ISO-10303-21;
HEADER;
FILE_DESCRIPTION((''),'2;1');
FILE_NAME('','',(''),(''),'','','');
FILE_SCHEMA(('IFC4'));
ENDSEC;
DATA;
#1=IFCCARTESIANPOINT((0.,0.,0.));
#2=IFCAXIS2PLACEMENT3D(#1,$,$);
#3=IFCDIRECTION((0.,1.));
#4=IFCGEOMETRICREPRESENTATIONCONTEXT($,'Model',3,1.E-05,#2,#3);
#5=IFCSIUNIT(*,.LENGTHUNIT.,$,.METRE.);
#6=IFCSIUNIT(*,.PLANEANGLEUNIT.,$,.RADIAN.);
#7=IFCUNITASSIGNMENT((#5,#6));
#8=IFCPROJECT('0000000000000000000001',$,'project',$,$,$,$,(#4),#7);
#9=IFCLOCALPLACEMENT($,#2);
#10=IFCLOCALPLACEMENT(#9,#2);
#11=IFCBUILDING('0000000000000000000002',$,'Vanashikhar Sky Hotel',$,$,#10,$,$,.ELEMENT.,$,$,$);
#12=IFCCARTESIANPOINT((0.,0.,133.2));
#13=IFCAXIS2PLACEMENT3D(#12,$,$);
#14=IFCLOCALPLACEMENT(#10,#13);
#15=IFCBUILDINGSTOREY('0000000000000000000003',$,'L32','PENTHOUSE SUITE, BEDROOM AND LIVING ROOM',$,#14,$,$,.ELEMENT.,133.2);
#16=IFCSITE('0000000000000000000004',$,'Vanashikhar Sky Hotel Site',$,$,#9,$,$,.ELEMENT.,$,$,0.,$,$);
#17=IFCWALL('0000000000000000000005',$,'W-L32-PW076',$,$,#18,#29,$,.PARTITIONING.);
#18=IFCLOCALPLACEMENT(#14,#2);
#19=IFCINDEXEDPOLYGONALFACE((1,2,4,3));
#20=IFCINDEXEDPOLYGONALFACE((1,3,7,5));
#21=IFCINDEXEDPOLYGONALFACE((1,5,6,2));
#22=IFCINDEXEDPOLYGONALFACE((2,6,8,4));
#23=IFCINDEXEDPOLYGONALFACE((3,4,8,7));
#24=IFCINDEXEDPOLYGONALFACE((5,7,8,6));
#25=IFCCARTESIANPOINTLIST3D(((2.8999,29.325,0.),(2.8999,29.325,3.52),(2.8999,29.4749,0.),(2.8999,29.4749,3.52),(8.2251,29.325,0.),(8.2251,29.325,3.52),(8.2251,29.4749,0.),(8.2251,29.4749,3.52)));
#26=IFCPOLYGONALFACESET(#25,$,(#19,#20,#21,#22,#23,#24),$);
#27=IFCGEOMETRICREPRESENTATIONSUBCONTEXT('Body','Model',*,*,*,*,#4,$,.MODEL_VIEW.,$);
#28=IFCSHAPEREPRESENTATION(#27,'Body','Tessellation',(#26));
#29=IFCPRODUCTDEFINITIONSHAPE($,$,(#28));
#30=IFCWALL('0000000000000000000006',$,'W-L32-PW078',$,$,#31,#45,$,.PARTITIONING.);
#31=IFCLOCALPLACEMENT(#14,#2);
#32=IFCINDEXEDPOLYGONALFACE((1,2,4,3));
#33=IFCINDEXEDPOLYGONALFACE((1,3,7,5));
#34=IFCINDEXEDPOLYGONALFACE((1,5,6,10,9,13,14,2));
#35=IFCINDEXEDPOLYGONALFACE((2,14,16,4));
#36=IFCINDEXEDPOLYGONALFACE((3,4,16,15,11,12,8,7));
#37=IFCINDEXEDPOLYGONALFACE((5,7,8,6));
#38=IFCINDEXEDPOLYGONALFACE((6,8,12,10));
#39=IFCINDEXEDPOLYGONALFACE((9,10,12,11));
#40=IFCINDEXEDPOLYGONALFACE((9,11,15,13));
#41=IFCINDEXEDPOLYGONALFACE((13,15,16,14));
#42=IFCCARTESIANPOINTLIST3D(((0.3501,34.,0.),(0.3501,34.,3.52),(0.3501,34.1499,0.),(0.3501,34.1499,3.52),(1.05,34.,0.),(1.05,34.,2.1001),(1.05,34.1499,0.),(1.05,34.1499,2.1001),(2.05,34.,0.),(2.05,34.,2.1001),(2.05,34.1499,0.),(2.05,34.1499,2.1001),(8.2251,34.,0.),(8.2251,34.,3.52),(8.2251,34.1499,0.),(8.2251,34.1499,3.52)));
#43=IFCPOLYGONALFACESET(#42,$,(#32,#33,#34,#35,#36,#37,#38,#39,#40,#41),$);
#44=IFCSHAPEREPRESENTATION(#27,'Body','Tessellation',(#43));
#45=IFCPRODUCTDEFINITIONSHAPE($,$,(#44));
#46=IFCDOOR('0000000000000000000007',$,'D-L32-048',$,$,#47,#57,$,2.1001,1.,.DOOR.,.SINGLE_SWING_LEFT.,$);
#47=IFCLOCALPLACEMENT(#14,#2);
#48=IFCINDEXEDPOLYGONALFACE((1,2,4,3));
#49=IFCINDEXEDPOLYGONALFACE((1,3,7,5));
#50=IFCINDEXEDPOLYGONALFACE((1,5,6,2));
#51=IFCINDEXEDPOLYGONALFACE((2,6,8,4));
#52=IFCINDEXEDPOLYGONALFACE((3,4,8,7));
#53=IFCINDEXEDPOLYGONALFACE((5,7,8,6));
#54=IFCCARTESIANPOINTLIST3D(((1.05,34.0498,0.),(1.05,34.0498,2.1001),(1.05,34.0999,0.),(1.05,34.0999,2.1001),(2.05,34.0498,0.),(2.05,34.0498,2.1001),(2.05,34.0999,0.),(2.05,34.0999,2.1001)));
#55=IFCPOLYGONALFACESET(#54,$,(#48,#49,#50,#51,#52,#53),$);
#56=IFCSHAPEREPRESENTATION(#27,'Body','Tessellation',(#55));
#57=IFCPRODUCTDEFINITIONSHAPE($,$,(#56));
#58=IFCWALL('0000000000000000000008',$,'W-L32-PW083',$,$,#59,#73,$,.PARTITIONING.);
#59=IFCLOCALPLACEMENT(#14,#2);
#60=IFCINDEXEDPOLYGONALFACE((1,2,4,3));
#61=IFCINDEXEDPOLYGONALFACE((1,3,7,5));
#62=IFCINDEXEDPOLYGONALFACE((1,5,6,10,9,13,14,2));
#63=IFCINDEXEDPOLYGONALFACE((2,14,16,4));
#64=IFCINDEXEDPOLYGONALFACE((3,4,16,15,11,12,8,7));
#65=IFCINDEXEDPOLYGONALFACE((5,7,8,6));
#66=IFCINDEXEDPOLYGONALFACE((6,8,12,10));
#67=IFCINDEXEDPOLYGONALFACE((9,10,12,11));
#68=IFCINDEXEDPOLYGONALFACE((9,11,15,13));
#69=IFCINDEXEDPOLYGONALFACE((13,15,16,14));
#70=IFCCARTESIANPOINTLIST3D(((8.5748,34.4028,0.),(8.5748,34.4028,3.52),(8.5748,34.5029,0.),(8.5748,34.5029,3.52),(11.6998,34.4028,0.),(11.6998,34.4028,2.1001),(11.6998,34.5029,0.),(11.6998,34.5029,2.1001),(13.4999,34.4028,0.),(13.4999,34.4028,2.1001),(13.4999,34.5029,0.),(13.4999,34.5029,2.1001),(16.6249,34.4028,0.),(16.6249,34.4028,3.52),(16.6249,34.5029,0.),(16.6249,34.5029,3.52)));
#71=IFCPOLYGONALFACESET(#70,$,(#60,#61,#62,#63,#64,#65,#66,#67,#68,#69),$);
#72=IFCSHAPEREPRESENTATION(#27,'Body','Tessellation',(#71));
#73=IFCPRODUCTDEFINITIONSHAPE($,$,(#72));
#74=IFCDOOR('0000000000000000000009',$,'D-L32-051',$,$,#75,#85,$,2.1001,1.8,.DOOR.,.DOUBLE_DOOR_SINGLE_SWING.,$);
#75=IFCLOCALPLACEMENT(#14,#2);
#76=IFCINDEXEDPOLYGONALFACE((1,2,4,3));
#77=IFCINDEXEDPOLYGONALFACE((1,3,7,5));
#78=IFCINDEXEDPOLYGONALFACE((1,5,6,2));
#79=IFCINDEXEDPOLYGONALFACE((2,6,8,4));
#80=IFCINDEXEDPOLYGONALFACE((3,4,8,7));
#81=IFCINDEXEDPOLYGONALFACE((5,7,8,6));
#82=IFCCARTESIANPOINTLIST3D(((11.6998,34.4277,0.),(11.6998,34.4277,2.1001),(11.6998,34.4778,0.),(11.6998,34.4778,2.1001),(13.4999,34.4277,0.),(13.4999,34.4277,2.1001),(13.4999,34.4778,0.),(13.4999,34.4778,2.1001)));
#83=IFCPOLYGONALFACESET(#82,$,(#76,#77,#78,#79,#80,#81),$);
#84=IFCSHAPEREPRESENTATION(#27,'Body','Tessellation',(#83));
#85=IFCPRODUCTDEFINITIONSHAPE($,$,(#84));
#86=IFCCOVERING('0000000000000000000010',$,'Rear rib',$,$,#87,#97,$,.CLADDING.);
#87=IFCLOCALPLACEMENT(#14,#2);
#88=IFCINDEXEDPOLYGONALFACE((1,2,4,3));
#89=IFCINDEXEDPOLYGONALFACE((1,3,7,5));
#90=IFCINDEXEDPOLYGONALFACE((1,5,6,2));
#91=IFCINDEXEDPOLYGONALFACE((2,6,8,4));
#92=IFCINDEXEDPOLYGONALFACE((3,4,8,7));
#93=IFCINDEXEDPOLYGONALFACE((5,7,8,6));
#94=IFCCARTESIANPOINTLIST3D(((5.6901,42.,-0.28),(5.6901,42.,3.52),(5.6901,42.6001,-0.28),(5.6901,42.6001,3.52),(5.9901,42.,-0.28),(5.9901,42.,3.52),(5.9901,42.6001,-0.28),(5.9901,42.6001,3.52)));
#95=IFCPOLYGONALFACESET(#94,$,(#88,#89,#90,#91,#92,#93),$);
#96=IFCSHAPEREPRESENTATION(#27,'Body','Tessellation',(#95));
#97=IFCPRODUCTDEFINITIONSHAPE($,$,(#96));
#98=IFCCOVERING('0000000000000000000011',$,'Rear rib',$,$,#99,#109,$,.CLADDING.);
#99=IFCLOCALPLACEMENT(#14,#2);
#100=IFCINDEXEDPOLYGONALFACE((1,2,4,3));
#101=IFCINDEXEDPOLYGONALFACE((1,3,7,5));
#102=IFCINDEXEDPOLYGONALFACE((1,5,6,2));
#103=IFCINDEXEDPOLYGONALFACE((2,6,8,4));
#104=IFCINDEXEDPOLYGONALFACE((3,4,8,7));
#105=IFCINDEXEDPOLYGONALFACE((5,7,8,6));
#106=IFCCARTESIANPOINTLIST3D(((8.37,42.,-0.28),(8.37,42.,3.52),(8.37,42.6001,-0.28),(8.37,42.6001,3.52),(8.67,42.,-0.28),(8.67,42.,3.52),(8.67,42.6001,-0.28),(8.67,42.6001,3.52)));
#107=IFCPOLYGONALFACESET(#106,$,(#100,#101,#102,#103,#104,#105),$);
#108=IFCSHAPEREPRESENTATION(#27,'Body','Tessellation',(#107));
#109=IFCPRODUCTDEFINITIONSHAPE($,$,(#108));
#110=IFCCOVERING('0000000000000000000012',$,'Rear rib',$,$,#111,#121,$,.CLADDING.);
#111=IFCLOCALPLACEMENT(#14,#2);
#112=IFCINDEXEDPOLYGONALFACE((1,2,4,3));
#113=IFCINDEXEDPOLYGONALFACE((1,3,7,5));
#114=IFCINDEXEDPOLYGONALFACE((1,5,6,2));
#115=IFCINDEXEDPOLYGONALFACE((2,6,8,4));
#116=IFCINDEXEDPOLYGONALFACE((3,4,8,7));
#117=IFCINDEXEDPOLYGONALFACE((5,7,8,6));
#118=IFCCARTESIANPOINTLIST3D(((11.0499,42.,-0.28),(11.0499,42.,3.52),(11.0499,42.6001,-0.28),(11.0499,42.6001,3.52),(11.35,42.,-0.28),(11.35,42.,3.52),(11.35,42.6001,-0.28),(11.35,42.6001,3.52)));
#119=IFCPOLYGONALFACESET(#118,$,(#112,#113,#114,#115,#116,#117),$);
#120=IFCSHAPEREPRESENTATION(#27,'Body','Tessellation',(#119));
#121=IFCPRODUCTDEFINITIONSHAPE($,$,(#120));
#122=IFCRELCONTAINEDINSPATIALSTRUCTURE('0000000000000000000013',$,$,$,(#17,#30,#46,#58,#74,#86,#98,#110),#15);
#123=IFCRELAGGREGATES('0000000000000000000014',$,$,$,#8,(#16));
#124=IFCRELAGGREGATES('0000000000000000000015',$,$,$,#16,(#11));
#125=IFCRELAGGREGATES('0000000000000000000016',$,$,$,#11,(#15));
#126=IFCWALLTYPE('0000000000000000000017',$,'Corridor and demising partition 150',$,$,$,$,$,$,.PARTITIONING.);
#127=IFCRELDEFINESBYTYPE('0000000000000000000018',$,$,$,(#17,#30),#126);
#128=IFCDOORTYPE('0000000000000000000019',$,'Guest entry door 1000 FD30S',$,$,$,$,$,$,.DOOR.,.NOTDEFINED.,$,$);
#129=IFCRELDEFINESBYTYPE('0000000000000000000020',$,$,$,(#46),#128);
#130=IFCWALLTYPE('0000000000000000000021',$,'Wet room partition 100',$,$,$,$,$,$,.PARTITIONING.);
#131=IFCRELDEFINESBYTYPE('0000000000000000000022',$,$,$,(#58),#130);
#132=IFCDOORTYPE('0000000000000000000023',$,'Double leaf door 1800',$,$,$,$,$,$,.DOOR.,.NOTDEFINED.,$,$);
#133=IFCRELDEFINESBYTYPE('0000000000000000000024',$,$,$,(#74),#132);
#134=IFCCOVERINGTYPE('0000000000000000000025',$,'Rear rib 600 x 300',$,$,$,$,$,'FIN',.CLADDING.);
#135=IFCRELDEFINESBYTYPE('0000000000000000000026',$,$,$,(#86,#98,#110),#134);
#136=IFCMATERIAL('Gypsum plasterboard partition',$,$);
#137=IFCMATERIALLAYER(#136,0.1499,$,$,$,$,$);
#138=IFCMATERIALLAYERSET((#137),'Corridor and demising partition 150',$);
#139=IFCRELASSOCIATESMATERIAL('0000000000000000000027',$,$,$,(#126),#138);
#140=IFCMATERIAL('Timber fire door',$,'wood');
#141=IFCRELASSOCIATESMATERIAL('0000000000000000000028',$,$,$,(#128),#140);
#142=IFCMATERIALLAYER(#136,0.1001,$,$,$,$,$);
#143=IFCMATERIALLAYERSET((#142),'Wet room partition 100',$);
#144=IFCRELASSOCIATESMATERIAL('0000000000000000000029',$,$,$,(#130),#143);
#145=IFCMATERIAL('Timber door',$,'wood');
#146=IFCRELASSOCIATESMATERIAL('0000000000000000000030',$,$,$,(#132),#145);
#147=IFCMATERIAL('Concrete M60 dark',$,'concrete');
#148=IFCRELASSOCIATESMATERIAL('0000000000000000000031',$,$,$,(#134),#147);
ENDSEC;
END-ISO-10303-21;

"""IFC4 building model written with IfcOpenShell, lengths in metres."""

from ifc_helpers import new_model, si_unit, direction, frame, frame_2d, origin, origin_2d, place, context, subcontext, project, spatial, rectangle, extrude, source, transform, mapped, material, layer, layer_set, material_profile, profile_set, type_object, element, fill, save


model = new_model("IFC4")

# Units and contexts
model_context = context("Model", 3, precision=1e-05, world=origin(), true_north=direction((0.0, 1.0)))
body_context = subcontext(model_context, "Body", "Model", "MODEL_VIEW")
ifc_project = project(units=[si_unit("LENGTHUNIT", "METRE"), si_unit("PLANEANGLEUNIT", "RADIAN")], contexts=[model_context])

# Site, building, storey
site_placement = place(None, origin())
site = spatial("IfcSite", under=ifc_project, at=site_placement, Name="Vanashikhar Sky Hotel Site", CompositionType="ELEMENT", RefElevation=0.0)
building_placement = place(site_placement, origin())
building = spatial("IfcBuilding", under=site, at=building_placement, Name="Vanashikhar Sky Hotel", CompositionType="ELEMENT")
storey_placement = place(building_placement, frame((0.0, 0.0, 133.2)))
storey = spatial("IfcBuildingStorey", under=building, at=storey_placement, Name="L32", Description="PENTHOUSE SUITE, BEDROOM AND LIVING ROOM", CompositionType="ELEMENT", Elevation=133.2)

# Shared definitions
ifc_material_1 = material(Name="Gypsum plasterboard partition")
ifc_layer_1 = layer(ifc_material_1, 0.1499)
ifc_layer_set_1 = layer_set([ifc_layer_1], Name="Corridor and demising partition 150")
wall_type_1 = type_object("IfcWallType", Name="Corridor and demising partition 150", PredefinedType="PARTITIONING", material=ifc_layer_set_1)
shared_shape_1 = source(origin(), body_context, "Body", "SweptSolid", [
    extrude(rectangle(XDim=1.0, YDim=2.1001, at=frame_2d((0.5, 1.05))), frame((0.0, 0.085, 0.0), z_axis=(0.0, -1.0, 0.0), x_axis=(1.0, 0.0, 0.0)), (0.0, 0.0, 1.0), 0.1699),
])
ifc_material_2 = material(Name="Timber fire door", Category="wood")
door_type_1 = type_object("IfcDoorType", Name="Guest entry door 1000 FD30S", OperationType="NOTDEFINED", PredefinedType="DOOR", material=ifc_material_2)
shared_shape_2 = source(origin(), body_context, "Body", "SweptSolid", [
    extrude(rectangle(XDim=1.0, YDim=2.1001, at=frame_2d((0.5, 1.05))), frame((0.0, 0.0249, 0.0), z_axis=(0.0, -1.0, 0.0), x_axis=(1.0, 0.0, 0.0)), (0.0, 0.0, 1.0), 0.05),
])

# Wall
shared_shape_3 = source(origin(), body_context, "Body", "SweptSolid", [
    extrude(rectangle(XDim=5.3252, YDim=0.1499, at=frame_2d((2.6626, 0.0))), origin(), (0.0, 0.0, 1.0), 3.52),
])
wall_1_placement = place(storey_placement, frame((2.8999, 29.3999, 0.0), z_axis=(0.0, 0.0, 1.0), x_axis=(1.0, 0.0, 0.0)))
element("IfcWall", 1, at=wall_1_placement, inside=storey, type_object=wall_type_1, Name="W-L32-PW076", PredefinedType="PARTITIONING", context=body_context, shape_type="MappedRepresentation", body=[
    mapped(shared_shape_3, transform((0.0, 0.0, 0.0), scale=1.0)),
])

# Walls, openings, doors
shared_shape_4 = source(origin(), body_context, "Body", "SweptSolid", [
    extrude(rectangle(XDim=7.875, YDim=0.1499, at=frame_2d((3.9375, 0.0))), origin(), (0.0, 0.0, 1.0), 3.52),
])
wall_2_placement = place(storey_placement, frame((0.3501, 34.075, 0.0), z_axis=(0.0, 0.0, 1.0), x_axis=(1.0, 0.0, 0.0)))
wall_2 = element("IfcWall", 2, at=wall_2_placement, inside=storey, type_object=wall_type_1, Name="W-L32-PW078", PredefinedType="PARTITIONING", context=body_context, shape_type="MappedRepresentation", body=[
    mapped(shared_shape_4, transform((0.0, 0.0, 0.0), scale=1.0)),
])
opening_1_placement = place(wall_2_placement, frame((0.7, 0.0, 0.0)))
opening_1 = element("IfcOpeningElement", 3, at=opening_1_placement, cuts=wall_2, PredefinedType="OPENING", context=body_context, shape_type="MappedRepresentation", body=[
    mapped(shared_shape_1, transform((0.0, 0.0, 0.0), scale=1.0)),
])
door_1_placement = place(opening_1_placement, origin())
door_1 = element("IfcDoor", 4, at=door_1_placement, inside=storey, type_object=door_type_1, Name="D-L32-048", OperationType="SINGLE_SWING_LEFT", OverallHeight=2.1001, OverallWidth=1.0, PredefinedType="DOOR", context=body_context, shape_type="MappedRepresentation", body=[
    mapped(shared_shape_2, transform((0.0, 0.0, 0.0), scale=1.0)),
])
fill(opening_1, door_1)
ifc_layer_2 = layer(ifc_material_1, 0.1001)
ifc_layer_set_2 = layer_set([ifc_layer_2], Name="Wet room partition 100")
wall_type_2 = type_object("IfcWallType", Name="Wet room partition 100", PredefinedType="PARTITIONING", material=ifc_layer_set_2)
shared_shape_5 = source(origin(), body_context, "Body", "SweptSolid", [
    extrude(rectangle(XDim=8.05, YDim=0.1001, at=frame_2d((4.0249, 0.0))), origin(), (0.0, 0.0, 1.0), 3.52),
])
wall_3_placement = place(storey_placement, frame((8.575, 34.4529, 0.0), z_axis=(0.0, 0.0, 1.0), x_axis=(1.0, 0.0, 0.0)))
wall_3 = element("IfcWall", 5, at=wall_3_placement, inside=storey, type_object=wall_type_2, Name="W-L32-PW083", PredefinedType="PARTITIONING", context=body_context, shape_type="MappedRepresentation", body=[
    mapped(shared_shape_5, transform((0.0, 0.0, 0.0), scale=1.0)),
])
shared_shape_6 = source(origin(), body_context, "Body", "SweptSolid", [
    extrude(rectangle(XDim=1.8, YDim=2.1001, at=frame_2d((0.8999, 1.05))), frame((0.0, 0.0601, 0.0), z_axis=(0.0, -1.0, 0.0), x_axis=(1.0, 0.0, 0.0)), (0.0, 0.0, 1.0), 0.1201),
])
opening_2_placement = place(wall_3_placement, frame((3.125, 0.0, 0.0)))
opening_2 = element("IfcOpeningElement", 6, at=opening_2_placement, cuts=wall_3, PredefinedType="OPENING", context=body_context, shape_type="MappedRepresentation", body=[
    mapped(shared_shape_6, transform((0.0, 0.0, 0.0), scale=1.0)),
])
ifc_material_3 = material(Name="Timber door", Category="wood")
door_type_2 = type_object("IfcDoorType", Name="Double leaf door 1800", OperationType="NOTDEFINED", PredefinedType="DOOR", material=ifc_material_3)
shared_shape_7 = source(origin(), body_context, "Body", "SweptSolid", [
    extrude(rectangle(XDim=1.8, YDim=2.1001, at=frame_2d((0.8999, 1.05))), frame((0.0, 0.0249, 0.0), z_axis=(0.0, -1.0, 0.0), x_axis=(1.0, 0.0, 0.0)), (0.0, 0.0, 1.0), 0.05),
])
door_2_placement = place(opening_2_placement, origin())
door_2 = element("IfcDoor", 7, at=door_2_placement, inside=storey, type_object=door_type_2, Name="D-L32-051", OperationType="DOUBLE_DOOR_SINGLE_SWING", OverallHeight=2.1001, OverallWidth=1.8, PredefinedType="DOOR", context=body_context, shape_type="MappedRepresentation", body=[
    mapped(shared_shape_7, transform((0.0, 0.0, 0.0), scale=1.0)),
])
fill(opening_2, door_2)

# Coverings
ifc_material_4 = material(Name="Concrete M60 dark", Category="concrete")
ifc_material_profile_1 = material_profile(ifc_material_4, rectangle(XDim=0.6001, YDim=0.3, at=origin_2d()))
ifc_profile_set_1 = profile_set([ifc_material_profile_1], Name="Rear rib 600 x 300")
covering_type = type_object("IfcCoveringType", Name="Rear rib 600 x 300", ElementType="FIN", PredefinedType="CLADDING", material=ifc_profile_set_1)
shared_shape_8 = source(origin(), body_context, "Body", "SweptSolid", [
    extrude(rectangle(XDim=0.6001, YDim=0.3, at=origin_2d()), origin(), (0.0, 0.0, 1.0), 3.8),
])
for number, where, z_axis, x_axis, name in (
    (8, (5.8401, 42.3, -0.28), (0.0, 0.0, 1.0), (0.0, 1.0, 0.0), "Rear rib"),
    (9, (8.52, 42.3, -0.28), (0.0, 0.0, 1.0), (0.0, 1.0, 0.0), "Rear rib"),
    (10, (11.2, 42.3, -0.28), (0.0, 0.0, 1.0), (0.0, 1.0, 0.0), "Rear rib"),
):
    element("IfcCovering", number, at=place(storey_placement, frame(where, z_axis=z_axis, x_axis=x_axis)), inside=storey, type_object=covering_type, Name=name, PredefinedType="CLADDING", context=body_context, shape_type="MappedRepresentation", body=[
        mapped(shared_shape_8, transform((0.0, 0.0, 0.0), scale=1.0)),
    ])

save(model, "model.ifc")
